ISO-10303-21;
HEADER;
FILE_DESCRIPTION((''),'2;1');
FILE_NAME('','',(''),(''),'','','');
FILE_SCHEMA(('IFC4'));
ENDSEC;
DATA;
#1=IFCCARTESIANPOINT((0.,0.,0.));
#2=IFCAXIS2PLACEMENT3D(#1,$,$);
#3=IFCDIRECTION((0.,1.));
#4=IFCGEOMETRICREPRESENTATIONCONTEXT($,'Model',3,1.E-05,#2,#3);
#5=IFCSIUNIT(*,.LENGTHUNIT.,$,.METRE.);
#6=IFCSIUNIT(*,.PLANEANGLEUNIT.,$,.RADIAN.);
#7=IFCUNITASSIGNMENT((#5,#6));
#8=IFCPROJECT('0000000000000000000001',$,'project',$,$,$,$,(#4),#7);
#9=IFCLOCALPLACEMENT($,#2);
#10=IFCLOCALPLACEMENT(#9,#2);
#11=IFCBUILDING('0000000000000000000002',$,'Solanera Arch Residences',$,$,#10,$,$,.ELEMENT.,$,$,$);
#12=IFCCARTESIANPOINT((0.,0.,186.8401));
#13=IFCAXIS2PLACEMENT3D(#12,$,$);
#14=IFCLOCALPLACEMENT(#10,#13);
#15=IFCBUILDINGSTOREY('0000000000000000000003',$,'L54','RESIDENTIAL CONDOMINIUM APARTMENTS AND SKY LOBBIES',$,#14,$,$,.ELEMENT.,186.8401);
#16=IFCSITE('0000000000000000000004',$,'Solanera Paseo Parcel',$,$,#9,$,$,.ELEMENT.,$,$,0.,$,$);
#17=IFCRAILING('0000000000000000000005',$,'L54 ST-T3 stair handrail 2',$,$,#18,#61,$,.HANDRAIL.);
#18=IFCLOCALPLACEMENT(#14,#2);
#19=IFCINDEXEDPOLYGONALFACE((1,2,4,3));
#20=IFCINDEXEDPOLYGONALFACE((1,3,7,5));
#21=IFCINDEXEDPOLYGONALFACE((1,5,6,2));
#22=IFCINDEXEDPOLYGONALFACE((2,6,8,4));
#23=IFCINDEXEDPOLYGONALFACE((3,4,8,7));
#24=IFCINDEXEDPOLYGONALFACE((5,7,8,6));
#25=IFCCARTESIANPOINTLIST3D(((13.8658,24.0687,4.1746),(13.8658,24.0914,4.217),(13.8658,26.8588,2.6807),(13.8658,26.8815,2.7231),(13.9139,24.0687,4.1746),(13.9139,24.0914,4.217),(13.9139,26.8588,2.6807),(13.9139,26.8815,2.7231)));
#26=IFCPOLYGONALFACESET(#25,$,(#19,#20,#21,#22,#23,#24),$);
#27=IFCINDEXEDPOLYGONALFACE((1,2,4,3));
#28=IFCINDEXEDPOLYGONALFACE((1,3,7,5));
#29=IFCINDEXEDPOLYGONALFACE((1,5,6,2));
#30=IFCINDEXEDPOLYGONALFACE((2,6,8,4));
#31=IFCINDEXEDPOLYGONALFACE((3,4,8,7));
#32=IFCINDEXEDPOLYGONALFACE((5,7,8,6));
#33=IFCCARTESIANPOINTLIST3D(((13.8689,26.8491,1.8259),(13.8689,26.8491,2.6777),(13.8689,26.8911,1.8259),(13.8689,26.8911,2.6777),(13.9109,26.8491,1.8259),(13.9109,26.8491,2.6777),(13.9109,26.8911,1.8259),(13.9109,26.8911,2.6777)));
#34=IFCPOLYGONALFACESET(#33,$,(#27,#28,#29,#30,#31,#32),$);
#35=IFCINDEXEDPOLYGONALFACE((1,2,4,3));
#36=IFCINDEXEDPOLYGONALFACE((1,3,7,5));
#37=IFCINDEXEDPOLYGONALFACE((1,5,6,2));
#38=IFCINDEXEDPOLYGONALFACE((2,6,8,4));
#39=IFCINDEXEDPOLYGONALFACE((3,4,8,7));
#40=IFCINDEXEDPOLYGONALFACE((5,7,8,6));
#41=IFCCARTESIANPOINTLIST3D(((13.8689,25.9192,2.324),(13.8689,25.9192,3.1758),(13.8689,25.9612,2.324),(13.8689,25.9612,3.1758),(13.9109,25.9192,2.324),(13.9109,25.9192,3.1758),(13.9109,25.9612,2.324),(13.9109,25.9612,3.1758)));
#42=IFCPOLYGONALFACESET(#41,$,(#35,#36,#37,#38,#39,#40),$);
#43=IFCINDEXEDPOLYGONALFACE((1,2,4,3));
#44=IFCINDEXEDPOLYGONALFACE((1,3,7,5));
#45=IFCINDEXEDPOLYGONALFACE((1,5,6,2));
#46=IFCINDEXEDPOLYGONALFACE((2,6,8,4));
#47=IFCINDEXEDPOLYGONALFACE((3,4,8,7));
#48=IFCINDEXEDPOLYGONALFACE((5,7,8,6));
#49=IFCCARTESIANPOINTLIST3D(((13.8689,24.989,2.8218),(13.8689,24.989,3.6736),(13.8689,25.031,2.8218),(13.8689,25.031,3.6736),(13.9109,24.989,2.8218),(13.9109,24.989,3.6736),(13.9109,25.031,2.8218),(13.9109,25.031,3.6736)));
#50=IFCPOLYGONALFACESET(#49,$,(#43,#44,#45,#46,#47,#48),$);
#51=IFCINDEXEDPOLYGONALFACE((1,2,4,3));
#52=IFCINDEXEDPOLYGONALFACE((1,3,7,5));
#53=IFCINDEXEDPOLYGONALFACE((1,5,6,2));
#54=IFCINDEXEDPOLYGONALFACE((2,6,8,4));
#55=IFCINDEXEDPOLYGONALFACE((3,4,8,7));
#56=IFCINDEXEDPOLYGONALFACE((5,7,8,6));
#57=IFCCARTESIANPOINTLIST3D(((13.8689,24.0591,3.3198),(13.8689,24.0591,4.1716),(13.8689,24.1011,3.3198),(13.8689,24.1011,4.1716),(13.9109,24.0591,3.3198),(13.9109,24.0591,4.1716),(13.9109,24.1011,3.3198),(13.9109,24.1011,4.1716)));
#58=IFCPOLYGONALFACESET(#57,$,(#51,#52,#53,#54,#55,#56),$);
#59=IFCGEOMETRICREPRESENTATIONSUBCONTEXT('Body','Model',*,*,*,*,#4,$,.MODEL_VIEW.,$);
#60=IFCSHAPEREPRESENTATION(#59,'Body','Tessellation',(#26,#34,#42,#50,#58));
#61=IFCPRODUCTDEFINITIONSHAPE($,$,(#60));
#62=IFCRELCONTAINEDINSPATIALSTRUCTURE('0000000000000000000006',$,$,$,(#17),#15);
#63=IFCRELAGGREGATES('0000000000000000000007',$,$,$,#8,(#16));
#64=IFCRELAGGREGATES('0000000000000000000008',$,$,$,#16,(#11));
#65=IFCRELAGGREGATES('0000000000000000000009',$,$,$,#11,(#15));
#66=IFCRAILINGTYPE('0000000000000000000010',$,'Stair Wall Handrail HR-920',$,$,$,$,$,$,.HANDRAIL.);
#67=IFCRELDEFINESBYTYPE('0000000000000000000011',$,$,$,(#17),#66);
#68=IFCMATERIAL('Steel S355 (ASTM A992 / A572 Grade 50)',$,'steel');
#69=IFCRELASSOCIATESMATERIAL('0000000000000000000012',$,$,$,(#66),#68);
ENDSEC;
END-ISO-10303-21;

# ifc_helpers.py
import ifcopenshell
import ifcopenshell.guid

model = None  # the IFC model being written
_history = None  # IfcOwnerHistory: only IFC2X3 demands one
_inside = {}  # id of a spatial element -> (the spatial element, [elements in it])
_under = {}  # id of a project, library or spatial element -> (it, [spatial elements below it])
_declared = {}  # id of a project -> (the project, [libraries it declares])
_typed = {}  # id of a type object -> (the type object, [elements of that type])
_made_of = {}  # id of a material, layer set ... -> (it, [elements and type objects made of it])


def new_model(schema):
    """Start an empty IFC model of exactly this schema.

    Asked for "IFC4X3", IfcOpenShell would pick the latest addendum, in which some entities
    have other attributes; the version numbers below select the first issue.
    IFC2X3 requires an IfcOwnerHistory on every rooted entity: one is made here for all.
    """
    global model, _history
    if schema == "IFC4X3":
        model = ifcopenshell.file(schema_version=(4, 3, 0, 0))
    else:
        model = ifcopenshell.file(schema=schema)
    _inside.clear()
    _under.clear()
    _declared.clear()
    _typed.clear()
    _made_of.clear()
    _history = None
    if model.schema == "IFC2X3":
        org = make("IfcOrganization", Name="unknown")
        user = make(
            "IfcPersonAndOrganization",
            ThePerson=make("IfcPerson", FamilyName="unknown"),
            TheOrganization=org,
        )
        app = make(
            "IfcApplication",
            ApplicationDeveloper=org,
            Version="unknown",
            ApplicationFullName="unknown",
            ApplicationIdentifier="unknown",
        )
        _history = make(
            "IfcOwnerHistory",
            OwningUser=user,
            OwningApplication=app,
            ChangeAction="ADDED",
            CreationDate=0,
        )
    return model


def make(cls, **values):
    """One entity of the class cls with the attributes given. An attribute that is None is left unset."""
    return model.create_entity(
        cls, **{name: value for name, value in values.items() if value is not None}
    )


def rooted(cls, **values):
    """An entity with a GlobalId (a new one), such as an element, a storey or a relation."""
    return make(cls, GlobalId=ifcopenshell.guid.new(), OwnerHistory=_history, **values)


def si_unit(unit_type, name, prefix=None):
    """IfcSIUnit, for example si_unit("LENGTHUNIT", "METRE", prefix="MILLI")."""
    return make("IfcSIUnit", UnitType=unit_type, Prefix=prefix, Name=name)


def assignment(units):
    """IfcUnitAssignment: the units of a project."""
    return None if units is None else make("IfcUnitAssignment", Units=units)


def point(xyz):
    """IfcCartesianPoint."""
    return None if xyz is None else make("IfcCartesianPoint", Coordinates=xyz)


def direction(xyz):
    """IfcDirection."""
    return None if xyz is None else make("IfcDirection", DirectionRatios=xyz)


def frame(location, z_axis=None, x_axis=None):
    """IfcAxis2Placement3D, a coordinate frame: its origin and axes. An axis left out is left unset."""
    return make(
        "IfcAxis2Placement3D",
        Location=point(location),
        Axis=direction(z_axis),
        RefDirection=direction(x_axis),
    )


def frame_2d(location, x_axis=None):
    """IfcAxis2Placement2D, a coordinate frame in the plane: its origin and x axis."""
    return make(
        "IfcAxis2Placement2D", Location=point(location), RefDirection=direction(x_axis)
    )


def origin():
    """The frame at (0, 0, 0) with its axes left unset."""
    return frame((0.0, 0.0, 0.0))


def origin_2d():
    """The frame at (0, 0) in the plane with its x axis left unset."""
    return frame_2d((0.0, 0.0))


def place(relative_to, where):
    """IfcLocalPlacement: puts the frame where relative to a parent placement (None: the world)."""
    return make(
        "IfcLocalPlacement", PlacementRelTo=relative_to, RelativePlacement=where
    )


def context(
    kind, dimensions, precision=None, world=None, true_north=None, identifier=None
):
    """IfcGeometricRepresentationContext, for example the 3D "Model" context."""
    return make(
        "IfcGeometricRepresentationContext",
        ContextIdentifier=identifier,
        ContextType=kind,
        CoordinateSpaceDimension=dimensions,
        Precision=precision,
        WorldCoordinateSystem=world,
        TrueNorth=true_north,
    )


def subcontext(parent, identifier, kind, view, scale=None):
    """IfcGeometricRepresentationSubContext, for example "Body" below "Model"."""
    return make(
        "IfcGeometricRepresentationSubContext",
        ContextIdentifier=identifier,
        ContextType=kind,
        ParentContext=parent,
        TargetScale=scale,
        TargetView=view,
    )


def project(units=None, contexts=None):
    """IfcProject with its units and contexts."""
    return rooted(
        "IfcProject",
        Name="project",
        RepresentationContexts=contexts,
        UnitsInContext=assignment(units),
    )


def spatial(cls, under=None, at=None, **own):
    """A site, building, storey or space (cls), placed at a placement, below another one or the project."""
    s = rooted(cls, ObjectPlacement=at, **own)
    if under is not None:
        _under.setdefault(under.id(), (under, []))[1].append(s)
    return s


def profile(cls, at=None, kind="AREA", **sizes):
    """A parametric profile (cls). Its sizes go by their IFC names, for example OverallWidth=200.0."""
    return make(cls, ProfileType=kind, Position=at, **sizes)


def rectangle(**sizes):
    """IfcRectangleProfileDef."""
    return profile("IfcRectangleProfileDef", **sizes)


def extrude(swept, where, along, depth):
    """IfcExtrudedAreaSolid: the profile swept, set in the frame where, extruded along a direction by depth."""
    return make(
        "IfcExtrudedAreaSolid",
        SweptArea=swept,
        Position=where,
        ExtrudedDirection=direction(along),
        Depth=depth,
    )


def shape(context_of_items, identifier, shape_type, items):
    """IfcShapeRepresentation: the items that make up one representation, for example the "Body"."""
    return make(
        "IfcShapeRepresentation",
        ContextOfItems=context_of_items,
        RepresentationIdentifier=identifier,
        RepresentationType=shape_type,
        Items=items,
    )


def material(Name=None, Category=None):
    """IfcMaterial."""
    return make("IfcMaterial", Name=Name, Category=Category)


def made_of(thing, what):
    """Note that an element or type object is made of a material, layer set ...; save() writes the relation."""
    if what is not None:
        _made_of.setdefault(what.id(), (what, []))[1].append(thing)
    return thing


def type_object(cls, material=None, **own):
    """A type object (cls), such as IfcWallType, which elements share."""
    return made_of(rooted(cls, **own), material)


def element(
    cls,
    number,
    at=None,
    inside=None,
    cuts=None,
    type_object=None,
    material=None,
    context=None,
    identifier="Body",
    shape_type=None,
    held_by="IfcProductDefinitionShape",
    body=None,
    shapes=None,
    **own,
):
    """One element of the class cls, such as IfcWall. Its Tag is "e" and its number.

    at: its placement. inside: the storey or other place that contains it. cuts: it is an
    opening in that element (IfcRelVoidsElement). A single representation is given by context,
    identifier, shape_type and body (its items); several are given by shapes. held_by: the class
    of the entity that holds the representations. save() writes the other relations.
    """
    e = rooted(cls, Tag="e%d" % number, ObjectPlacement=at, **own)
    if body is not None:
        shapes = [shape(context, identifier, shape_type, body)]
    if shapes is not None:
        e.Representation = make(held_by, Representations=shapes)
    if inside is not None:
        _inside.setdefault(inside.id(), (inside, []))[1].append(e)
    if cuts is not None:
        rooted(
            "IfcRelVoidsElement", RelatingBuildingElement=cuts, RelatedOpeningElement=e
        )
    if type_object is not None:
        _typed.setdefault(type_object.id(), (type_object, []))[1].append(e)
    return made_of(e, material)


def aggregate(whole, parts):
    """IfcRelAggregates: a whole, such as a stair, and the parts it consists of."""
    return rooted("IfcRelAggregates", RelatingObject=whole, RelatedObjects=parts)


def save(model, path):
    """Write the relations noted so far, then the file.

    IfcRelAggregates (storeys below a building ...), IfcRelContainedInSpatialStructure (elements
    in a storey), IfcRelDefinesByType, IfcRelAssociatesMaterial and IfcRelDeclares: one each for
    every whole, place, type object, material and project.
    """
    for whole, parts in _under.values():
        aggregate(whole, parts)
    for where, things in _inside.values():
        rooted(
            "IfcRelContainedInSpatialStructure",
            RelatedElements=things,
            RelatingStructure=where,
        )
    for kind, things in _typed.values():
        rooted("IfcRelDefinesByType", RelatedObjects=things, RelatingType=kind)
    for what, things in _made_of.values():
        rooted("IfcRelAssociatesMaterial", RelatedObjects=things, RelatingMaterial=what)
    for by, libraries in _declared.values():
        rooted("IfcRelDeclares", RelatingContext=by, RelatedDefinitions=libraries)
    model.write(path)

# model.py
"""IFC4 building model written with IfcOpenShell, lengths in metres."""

from ifc_helpers import new_model, si_unit, direction, frame, origin, origin_2d, place, context, subcontext, project, spatial, rectangle, extrude, material, type_object, element, save


model = new_model("IFC4")

# Units and contexts
model_context = context("Model", 3, precision=1e-05, world=origin(), true_north=direction((0.0, 1.0)))
body_context = subcontext(model_context, "Body", "Model", "MODEL_VIEW")
ifc_project = project(units=[si_unit("LENGTHUNIT", "METRE"), si_unit("PLANEANGLEUNIT", "RADIAN")], contexts=[model_context])

# Site, building, storey
site_placement = place(None, origin())
site = spatial("IfcSite", under=ifc_project, at=site_placement, Name="Solanera Paseo Parcel", CompositionType="ELEMENT", RefElevation=0.0)
building_placement = place(site_placement, origin())
building = spatial("IfcBuilding", under=site, at=building_placement, Name="Solanera Arch Residences", CompositionType="ELEMENT")
storey_placement = place(building_placement, frame((0.0, 0.0, 186.8401)))
storey = spatial("IfcBuildingStorey", under=building, at=storey_placement, Name="L54", Description="RESIDENTIAL CONDOMINIUM APARTMENTS AND SKY LOBBIES", CompositionType="ELEMENT", Elevation=186.8401)

# Railing
ifc_material_1 = material(Name="Steel S355 (ASTM A992 / A572 Grade 50)", Category="steel")
railing_type_1 = type_object("IfcRailingType", Name="Stair Wall Handrail HR-920", PredefinedType="HANDRAIL", material=ifc_material_1)
railing_1_placement = place(storey_placement, frame((13.8899, 26.8701, 1.8259)))
element("IfcRailing", 1, at=railing_1_placement, inside=storey, type_object=railing_type_1, Name="L54 ST-T3 stair handrail 2", PredefinedType="HANDRAIL", context=body_context, shape_type="SweptSolid", body=[
    extrude(rectangle(XDim=0.0481, YDim=0.0481, at=origin_2d()), frame((0.0, 0.0, 0.876), z_axis=(0.0, -0.881581, 0.472033), x_axis=(1.0, 0.0, 0.0)), (0.0, 0.0, 1.0), 3.1648),
    extrude(rectangle(XDim=0.042, YDim=0.042, at=origin_2d()), origin(), (0.0, 0.0, 1.0), 0.8518),
    extrude(rectangle(XDim=0.042, YDim=0.042, at=origin_2d()), frame((0.0, -0.9299, 0.498)), (0.0, 0.0, 1.0), 0.8518),
    extrude(rectangle(XDim=0.042, YDim=0.042, at=origin_2d()), frame((0.0, -1.8601, 0.9958)), (0.0, 0.0, 1.0), 0.8518),
    extrude(rectangle(XDim=0.042, YDim=0.042, at=origin_2d()), frame((0.0, -2.79, 1.4939)), (0.0, 0.0, 1.0), 0.8518),
])

save(model, "model.ifc")
